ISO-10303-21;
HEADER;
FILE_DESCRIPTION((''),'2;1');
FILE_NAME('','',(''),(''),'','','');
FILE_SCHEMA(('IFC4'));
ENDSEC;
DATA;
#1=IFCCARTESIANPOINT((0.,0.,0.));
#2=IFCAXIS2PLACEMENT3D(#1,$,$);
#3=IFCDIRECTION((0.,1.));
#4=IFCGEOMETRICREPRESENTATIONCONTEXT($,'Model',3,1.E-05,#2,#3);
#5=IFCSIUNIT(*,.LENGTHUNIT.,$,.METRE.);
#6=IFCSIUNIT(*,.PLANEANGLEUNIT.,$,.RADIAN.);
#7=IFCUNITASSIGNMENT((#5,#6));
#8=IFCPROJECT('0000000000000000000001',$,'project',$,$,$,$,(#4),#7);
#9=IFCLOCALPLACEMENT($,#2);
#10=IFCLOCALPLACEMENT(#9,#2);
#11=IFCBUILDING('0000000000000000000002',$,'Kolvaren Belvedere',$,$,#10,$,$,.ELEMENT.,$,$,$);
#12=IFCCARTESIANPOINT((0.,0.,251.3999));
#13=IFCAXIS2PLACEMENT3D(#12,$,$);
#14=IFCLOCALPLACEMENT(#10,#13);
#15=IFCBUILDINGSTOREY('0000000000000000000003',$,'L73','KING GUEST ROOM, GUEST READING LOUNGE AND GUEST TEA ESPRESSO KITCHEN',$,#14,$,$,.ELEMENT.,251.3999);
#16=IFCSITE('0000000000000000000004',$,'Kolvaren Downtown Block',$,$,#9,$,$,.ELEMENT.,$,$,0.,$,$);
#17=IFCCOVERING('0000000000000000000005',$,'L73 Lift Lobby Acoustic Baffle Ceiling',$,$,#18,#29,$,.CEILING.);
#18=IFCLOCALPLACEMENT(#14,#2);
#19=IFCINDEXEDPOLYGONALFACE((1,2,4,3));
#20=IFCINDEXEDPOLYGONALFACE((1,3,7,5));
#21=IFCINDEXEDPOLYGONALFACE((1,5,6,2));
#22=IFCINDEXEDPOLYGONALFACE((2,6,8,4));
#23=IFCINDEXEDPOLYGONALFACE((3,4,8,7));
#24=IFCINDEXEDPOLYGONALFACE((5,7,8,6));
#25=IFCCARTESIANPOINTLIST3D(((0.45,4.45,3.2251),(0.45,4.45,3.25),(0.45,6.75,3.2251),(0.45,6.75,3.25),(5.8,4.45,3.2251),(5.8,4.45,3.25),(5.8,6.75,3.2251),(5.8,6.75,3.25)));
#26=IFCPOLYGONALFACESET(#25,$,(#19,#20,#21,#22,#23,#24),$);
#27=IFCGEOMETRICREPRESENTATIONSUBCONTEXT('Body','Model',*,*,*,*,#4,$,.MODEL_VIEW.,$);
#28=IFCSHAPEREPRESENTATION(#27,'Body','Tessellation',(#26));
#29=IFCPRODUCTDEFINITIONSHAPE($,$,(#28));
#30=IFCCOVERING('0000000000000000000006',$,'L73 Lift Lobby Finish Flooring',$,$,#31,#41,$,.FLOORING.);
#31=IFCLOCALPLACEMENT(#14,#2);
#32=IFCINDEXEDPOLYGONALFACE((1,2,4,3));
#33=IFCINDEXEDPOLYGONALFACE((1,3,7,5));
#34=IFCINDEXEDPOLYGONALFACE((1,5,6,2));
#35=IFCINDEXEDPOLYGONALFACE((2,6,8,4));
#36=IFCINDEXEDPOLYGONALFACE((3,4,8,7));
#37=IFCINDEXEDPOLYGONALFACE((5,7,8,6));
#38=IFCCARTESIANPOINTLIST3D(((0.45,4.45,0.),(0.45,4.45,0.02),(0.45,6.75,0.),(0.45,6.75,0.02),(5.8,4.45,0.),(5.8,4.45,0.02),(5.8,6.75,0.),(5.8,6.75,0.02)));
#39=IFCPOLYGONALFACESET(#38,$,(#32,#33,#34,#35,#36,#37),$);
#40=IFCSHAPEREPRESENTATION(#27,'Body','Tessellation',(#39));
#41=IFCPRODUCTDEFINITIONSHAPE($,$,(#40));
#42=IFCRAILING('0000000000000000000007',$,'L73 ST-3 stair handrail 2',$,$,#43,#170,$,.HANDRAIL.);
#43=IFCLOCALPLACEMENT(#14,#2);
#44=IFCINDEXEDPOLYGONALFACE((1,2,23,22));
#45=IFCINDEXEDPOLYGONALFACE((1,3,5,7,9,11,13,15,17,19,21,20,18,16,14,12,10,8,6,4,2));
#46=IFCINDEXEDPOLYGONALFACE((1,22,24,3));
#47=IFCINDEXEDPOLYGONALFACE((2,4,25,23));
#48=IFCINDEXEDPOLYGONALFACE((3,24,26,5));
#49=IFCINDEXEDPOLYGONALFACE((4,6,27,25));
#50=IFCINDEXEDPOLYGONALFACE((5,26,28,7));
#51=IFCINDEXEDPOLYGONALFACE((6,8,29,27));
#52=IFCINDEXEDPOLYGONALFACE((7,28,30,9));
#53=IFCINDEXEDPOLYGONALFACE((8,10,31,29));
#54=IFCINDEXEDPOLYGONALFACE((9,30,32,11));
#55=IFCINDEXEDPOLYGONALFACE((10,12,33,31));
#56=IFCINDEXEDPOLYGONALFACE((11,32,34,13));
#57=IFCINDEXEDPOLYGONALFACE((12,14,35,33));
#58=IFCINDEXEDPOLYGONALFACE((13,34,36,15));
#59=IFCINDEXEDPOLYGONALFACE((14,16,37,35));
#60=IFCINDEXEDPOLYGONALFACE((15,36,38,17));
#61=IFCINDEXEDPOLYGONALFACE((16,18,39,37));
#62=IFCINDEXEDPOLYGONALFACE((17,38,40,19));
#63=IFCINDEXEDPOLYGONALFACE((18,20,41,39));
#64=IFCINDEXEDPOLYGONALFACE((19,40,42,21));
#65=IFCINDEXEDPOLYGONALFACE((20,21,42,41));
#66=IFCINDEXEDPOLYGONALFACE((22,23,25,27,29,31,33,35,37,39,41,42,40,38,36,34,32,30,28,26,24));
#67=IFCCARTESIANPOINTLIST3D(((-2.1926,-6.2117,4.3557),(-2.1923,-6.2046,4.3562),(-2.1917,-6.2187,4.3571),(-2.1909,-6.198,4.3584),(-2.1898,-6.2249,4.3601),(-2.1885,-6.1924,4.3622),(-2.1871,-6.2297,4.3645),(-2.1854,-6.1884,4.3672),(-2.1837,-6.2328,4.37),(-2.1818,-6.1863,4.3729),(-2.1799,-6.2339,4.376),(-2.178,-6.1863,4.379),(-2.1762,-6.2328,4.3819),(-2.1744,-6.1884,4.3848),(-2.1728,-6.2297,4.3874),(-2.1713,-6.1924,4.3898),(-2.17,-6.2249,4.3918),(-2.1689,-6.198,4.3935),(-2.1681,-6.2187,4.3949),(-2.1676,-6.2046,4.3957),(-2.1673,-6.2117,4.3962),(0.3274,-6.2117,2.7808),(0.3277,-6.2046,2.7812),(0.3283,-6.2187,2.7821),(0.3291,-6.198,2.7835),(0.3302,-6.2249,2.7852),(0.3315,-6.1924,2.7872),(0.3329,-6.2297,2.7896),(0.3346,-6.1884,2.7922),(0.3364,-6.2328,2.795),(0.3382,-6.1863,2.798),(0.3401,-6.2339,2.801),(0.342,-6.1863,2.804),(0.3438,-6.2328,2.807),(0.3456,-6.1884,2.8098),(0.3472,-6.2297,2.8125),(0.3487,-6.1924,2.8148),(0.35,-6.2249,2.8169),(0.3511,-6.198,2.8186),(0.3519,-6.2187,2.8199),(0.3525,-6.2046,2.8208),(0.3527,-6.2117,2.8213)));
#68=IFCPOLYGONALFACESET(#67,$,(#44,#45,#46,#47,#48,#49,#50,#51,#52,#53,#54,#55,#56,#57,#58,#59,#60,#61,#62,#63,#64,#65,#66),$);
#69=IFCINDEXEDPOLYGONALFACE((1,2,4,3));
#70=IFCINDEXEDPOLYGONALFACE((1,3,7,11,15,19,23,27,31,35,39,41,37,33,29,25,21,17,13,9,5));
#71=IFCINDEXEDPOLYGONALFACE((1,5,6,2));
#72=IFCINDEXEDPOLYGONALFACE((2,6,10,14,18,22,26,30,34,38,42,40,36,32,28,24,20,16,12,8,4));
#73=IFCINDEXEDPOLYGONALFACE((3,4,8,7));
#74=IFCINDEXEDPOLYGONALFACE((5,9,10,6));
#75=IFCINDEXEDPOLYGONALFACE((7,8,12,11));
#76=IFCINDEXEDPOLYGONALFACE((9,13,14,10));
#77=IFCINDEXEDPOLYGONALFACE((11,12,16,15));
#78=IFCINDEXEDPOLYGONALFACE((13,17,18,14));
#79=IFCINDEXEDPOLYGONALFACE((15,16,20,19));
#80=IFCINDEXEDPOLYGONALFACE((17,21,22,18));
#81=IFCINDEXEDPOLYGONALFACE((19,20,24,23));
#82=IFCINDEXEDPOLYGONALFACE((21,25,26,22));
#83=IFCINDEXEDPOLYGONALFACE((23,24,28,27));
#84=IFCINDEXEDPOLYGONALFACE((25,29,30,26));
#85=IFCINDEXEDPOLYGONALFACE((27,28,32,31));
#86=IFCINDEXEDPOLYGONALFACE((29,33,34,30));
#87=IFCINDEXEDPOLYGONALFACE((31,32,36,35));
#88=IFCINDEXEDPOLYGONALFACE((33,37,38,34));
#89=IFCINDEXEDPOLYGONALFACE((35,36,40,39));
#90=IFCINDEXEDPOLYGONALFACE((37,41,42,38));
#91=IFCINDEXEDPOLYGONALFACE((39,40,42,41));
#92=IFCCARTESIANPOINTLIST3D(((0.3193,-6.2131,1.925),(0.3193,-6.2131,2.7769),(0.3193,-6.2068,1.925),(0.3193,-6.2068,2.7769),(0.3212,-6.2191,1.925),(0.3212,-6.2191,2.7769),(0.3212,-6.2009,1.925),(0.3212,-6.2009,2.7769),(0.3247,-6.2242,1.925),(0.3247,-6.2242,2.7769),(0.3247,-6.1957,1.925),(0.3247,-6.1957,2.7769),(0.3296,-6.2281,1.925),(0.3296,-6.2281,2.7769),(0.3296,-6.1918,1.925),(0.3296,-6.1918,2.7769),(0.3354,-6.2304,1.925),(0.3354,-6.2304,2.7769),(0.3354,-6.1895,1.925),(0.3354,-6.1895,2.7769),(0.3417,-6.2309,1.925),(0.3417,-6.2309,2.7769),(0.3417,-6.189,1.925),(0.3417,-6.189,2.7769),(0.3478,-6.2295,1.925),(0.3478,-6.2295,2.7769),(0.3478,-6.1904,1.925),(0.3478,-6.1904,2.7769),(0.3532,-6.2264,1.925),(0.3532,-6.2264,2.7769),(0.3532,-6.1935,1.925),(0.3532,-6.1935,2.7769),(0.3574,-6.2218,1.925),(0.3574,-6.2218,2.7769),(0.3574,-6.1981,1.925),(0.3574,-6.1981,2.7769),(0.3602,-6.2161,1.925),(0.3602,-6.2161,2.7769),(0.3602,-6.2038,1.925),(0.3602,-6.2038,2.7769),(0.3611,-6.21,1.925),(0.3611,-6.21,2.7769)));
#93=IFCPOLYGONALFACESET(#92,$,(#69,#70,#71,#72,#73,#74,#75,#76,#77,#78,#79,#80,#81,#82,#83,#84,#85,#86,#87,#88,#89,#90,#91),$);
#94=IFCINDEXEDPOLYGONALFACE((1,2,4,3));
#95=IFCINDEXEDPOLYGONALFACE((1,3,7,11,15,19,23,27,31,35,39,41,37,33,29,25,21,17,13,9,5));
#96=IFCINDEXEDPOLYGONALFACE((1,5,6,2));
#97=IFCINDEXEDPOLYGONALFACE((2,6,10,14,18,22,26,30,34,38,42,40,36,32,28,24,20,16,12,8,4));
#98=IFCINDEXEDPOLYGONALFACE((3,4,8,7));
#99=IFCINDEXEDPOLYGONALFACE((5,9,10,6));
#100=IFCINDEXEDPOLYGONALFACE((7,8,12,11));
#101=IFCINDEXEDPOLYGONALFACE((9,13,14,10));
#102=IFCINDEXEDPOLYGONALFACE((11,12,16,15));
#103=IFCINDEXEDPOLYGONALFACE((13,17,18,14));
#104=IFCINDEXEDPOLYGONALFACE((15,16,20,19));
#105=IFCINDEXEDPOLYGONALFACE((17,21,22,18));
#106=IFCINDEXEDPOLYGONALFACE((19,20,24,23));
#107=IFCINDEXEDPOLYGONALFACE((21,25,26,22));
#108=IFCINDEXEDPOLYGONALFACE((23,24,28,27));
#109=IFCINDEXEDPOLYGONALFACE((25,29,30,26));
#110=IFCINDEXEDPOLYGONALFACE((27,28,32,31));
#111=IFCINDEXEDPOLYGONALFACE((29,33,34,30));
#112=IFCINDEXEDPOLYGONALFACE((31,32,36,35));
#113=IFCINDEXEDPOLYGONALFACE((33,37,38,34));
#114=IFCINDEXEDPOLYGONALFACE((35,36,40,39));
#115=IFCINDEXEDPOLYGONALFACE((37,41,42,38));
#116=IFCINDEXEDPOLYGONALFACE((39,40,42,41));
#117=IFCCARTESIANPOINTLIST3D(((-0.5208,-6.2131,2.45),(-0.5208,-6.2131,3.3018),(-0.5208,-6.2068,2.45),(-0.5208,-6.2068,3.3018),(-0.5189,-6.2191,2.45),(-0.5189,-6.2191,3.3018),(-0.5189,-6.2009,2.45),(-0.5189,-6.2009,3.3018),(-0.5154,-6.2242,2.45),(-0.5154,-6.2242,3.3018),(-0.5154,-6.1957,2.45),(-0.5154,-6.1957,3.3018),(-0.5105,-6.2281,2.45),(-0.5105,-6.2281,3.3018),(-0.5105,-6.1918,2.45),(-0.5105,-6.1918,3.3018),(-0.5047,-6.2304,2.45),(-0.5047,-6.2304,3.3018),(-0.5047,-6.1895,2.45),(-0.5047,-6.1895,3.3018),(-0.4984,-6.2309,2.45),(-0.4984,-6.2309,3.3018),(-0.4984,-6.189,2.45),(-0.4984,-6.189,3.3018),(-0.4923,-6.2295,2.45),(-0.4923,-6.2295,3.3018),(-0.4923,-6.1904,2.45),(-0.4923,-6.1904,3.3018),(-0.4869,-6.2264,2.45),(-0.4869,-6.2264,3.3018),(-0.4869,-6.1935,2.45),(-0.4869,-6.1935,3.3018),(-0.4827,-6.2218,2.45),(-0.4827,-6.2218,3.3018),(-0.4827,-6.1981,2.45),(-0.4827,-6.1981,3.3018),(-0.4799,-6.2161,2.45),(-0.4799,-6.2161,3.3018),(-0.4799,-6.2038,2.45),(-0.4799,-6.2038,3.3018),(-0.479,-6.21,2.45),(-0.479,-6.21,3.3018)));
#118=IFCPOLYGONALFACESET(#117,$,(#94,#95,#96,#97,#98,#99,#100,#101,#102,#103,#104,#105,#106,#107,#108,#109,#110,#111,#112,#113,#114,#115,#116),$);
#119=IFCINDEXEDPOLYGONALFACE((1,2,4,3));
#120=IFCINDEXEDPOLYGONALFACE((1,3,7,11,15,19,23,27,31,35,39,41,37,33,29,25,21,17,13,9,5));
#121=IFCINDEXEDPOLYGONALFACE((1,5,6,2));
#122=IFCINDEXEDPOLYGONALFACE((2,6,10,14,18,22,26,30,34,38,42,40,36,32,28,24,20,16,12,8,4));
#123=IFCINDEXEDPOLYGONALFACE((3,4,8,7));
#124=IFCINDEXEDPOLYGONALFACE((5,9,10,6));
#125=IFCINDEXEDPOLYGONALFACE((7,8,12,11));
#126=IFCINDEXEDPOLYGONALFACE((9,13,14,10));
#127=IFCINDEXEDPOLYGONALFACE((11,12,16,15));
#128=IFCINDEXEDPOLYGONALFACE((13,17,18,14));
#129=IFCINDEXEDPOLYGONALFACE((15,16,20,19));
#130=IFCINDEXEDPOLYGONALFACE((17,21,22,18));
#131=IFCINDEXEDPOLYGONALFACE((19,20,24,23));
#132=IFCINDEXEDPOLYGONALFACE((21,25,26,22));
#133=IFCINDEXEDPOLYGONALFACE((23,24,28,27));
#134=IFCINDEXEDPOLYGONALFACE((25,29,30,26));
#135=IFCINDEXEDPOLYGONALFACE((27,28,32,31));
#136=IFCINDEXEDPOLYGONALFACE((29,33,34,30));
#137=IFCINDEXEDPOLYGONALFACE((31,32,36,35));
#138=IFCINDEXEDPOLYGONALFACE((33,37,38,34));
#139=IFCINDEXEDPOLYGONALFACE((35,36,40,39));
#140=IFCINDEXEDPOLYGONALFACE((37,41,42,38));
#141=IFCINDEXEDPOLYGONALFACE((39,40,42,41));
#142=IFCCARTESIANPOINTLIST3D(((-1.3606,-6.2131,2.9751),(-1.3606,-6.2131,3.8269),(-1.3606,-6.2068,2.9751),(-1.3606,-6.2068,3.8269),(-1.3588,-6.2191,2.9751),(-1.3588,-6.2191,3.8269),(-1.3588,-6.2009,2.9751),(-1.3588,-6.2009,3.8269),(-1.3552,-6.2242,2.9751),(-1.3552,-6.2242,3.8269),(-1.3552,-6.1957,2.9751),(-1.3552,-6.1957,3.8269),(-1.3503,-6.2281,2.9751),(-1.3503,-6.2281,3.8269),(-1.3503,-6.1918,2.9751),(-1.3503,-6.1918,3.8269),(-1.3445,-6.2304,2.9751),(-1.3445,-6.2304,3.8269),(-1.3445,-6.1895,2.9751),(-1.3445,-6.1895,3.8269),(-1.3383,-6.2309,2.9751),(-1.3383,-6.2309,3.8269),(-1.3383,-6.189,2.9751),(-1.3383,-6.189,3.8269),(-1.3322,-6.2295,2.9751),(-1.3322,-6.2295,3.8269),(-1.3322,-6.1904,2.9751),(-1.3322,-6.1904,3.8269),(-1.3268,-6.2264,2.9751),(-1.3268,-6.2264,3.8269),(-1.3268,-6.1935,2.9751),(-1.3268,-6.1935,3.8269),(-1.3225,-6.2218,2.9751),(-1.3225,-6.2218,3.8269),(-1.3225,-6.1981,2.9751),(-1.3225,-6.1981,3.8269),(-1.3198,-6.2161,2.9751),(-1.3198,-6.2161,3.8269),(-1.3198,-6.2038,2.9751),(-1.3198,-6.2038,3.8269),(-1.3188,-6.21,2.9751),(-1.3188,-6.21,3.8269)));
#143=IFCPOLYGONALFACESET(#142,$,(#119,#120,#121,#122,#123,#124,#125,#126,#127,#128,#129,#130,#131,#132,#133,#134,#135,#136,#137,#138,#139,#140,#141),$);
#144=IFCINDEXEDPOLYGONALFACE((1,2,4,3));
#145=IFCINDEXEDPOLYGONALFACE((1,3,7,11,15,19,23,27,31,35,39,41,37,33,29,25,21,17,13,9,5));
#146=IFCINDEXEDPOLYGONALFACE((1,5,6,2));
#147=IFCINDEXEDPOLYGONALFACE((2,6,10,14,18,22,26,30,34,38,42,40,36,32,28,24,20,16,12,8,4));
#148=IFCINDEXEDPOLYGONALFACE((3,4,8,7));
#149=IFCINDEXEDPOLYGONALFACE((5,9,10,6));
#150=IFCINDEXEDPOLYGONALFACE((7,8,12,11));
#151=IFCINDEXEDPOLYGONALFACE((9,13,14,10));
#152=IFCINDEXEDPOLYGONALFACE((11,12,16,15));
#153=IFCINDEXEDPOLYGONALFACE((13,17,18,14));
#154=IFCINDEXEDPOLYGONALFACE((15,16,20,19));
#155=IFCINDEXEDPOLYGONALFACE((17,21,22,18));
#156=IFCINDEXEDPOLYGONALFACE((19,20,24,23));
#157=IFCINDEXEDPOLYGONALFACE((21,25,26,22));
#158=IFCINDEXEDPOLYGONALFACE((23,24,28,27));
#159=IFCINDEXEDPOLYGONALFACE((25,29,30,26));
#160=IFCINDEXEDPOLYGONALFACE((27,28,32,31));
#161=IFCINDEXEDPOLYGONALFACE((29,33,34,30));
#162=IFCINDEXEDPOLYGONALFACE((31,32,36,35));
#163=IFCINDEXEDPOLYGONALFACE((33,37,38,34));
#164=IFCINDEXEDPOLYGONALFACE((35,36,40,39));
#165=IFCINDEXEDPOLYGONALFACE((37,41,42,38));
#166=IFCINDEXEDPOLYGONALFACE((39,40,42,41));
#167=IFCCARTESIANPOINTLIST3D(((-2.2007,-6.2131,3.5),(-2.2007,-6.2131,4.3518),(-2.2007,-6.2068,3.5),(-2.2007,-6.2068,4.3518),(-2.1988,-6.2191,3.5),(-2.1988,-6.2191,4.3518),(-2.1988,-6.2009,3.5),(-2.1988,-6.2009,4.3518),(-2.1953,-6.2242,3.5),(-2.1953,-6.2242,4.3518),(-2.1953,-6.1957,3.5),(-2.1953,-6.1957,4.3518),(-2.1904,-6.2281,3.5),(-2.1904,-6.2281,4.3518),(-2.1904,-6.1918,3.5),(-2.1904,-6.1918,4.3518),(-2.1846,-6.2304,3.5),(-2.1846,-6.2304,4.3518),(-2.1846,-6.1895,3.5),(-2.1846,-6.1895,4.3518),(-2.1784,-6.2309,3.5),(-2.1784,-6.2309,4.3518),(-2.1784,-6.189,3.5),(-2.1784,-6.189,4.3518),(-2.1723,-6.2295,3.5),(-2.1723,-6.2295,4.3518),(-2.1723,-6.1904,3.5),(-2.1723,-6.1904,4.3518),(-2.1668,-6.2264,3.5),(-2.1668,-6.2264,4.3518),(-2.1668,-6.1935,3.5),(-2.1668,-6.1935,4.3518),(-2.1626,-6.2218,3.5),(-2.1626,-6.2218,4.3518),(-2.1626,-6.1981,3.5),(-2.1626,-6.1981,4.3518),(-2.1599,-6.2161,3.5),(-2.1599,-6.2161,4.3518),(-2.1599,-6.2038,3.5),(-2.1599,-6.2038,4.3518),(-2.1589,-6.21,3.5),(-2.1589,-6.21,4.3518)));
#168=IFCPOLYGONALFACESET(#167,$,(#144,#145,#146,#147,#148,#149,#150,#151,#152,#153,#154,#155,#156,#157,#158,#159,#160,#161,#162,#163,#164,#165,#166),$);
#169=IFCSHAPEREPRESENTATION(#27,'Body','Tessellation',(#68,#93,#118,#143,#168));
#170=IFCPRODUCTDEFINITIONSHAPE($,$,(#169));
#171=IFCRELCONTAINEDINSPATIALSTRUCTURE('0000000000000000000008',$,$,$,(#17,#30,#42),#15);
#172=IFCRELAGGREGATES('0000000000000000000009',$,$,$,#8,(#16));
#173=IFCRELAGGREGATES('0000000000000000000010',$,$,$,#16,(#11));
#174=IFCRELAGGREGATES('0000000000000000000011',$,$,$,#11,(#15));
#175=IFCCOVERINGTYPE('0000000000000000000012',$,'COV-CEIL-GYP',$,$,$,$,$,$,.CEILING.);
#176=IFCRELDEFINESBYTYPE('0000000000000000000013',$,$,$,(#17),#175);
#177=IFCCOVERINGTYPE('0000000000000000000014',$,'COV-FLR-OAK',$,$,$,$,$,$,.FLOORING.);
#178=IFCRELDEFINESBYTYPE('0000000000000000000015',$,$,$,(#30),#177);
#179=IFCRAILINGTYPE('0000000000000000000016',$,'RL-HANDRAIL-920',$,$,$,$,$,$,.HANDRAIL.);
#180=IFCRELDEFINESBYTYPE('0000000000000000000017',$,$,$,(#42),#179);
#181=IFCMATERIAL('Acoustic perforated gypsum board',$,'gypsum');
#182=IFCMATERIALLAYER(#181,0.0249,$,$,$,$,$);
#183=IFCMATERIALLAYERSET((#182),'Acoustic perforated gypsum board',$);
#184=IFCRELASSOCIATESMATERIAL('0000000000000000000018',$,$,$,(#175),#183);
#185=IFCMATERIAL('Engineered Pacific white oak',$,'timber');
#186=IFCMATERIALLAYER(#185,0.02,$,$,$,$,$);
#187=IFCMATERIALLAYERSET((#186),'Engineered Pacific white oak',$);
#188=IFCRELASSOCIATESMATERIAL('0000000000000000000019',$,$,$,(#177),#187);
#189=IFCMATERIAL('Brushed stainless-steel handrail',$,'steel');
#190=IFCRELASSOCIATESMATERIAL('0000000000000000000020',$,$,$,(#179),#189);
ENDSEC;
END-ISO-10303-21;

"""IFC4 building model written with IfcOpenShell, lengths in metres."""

from ifc_helpers import new_model, si_unit, direction, frame, origin, origin_2d, place, context, subcontext, project, spatial, polyline, circle, outline, extrude, material, layer, layer_set, type_object, element, save


model = new_model("IFC4")

# Units and contexts
model_context = context("Model", 3, precision=1e-05, world=origin(), true_north=direction((0.0, 1.0)))
body_context = subcontext(model_context, "Body", "Model", "MODEL_VIEW")
ifc_project = project(units=[si_unit("LENGTHUNIT", "METRE"), si_unit("PLANEANGLEUNIT", "RADIAN")], contexts=[model_context])

# Site, building, storey
site_placement = place(None, origin())
site = spatial("IfcSite", under=ifc_project, at=site_placement, Name="Kolvaren Downtown Block", CompositionType="ELEMENT", RefElevation=0.0)
building_placement = place(site_placement, origin())
building = spatial("IfcBuilding", under=site, at=building_placement, Name="Kolvaren Belvedere", CompositionType="ELEMENT")
storey_placement = place(building_placement, frame((0.0, 0.0, 251.3999)))
storey = spatial("IfcBuildingStorey", under=building, at=storey_placement, Name="L73", Description="KING GUEST ROOM, GUEST READING LOUNGE AND GUEST TEA ESPRESSO KITCHEN", CompositionType="ELEMENT", Elevation=251.3999)

# Coverings
ifc_material_1 = material(Name="Acoustic perforated gypsum board", Category="gypsum")
ifc_layer_1 = layer(ifc_material_1, 0.0249)
ifc_layer_set_1 = layer_set([ifc_layer_1], Name="Acoustic perforated gypsum board")
covering_type_1 = type_object("IfcCoveringType", Name="COV-CEIL-GYP", PredefinedType="CEILING", material=ifc_layer_set_1)
covering_1_placement = place(storey_placement, frame((0.0, 0.0, 3.2251)))
element("IfcCovering", 1, at=covering_1_placement, inside=storey, type_object=covering_type_1, Name="L73 Lift Lobby Acoustic Baffle Ceiling", PredefinedType="CEILING", context=body_context, shape_type="SweptSolid", body=[
    extrude(outline(polyline([(0.45, 4.45), (5.8, 4.45), (5.8, 6.75), (0.45, 6.75), (0.45, 4.45)])), origin(), (0.0, 0.0, 1.0), 0.0249),
])
ifc_material_2 = material(Name="Engineered Pacific white oak", Category="timber")
ifc_layer_2 = layer(ifc_material_2, 0.02)
ifc_layer_set_2 = layer_set([ifc_layer_2], Name="Engineered Pacific white oak")
covering_type_2 = type_object("IfcCoveringType", Name="COV-FLR-OAK", PredefinedType="FLOORING", material=ifc_layer_set_2)
covering_2_placement = place(storey_placement, origin())
element("IfcCovering", 2, at=covering_2_placement, inside=storey, type_object=covering_type_2, Name="L73 Lift Lobby Finish Flooring", PredefinedType="FLOORING", context=body_context, shape_type="SweptSolid", body=[
    extrude(outline(polyline([(0.45, 4.45), (5.8, 4.45), (5.8, 6.75), (0.45, 6.75), (0.45, 4.45)])), origin(), (0.0, 0.0, 1.0), 0.02),
])

# Railing
ifc_material_3 = material(Name="Brushed stainless-steel handrail", Category="steel")
railing_type_1 = type_object("IfcRailingType", Name="RL-HANDRAIL-920", PredefinedType="HANDRAIL", material=ifc_material_3)
railing_1_placement = place(storey_placement, frame((0.3401, -6.21, 1.925)))
element("IfcRailing", 3, at=railing_1_placement, inside=storey, type_object=railing_type_1, Name="L73 ST-3 stair handrail 2", PredefinedType="HANDRAIL", context=body_context, shape_type="SweptSolid", body=[
    extrude(circle(Radius=0.0239, at=origin_2d()), frame((0.0, 0.0, 0.876), z_axis=(-0.848008, 0.0, 0.529984), x_axis=(0.0, -1.0, 0.0)), (0.0, 0.0, 1.0), 2.9717),
    extrude(circle(Radius=0.021, at=origin_2d()), origin(), (0.0, 0.0, 1.0), 0.8518),
    extrude(circle(Radius=0.021, at=origin_2d()), frame((-0.8401, 0.0, 0.5249)), (0.0, 0.0, 1.0), 0.8518),
    extrude(circle(Radius=0.021, at=origin_2d()), frame((-1.6799, 0.0, 1.05)), (0.0, 0.0, 1.0), 0.8518),
    extrude(circle(Radius=0.021, at=origin_2d()), frame((-2.52, 0.0, 1.575)), (0.0, 0.0, 1.0), 0.8518),
])

save(model, "model.ifc")
